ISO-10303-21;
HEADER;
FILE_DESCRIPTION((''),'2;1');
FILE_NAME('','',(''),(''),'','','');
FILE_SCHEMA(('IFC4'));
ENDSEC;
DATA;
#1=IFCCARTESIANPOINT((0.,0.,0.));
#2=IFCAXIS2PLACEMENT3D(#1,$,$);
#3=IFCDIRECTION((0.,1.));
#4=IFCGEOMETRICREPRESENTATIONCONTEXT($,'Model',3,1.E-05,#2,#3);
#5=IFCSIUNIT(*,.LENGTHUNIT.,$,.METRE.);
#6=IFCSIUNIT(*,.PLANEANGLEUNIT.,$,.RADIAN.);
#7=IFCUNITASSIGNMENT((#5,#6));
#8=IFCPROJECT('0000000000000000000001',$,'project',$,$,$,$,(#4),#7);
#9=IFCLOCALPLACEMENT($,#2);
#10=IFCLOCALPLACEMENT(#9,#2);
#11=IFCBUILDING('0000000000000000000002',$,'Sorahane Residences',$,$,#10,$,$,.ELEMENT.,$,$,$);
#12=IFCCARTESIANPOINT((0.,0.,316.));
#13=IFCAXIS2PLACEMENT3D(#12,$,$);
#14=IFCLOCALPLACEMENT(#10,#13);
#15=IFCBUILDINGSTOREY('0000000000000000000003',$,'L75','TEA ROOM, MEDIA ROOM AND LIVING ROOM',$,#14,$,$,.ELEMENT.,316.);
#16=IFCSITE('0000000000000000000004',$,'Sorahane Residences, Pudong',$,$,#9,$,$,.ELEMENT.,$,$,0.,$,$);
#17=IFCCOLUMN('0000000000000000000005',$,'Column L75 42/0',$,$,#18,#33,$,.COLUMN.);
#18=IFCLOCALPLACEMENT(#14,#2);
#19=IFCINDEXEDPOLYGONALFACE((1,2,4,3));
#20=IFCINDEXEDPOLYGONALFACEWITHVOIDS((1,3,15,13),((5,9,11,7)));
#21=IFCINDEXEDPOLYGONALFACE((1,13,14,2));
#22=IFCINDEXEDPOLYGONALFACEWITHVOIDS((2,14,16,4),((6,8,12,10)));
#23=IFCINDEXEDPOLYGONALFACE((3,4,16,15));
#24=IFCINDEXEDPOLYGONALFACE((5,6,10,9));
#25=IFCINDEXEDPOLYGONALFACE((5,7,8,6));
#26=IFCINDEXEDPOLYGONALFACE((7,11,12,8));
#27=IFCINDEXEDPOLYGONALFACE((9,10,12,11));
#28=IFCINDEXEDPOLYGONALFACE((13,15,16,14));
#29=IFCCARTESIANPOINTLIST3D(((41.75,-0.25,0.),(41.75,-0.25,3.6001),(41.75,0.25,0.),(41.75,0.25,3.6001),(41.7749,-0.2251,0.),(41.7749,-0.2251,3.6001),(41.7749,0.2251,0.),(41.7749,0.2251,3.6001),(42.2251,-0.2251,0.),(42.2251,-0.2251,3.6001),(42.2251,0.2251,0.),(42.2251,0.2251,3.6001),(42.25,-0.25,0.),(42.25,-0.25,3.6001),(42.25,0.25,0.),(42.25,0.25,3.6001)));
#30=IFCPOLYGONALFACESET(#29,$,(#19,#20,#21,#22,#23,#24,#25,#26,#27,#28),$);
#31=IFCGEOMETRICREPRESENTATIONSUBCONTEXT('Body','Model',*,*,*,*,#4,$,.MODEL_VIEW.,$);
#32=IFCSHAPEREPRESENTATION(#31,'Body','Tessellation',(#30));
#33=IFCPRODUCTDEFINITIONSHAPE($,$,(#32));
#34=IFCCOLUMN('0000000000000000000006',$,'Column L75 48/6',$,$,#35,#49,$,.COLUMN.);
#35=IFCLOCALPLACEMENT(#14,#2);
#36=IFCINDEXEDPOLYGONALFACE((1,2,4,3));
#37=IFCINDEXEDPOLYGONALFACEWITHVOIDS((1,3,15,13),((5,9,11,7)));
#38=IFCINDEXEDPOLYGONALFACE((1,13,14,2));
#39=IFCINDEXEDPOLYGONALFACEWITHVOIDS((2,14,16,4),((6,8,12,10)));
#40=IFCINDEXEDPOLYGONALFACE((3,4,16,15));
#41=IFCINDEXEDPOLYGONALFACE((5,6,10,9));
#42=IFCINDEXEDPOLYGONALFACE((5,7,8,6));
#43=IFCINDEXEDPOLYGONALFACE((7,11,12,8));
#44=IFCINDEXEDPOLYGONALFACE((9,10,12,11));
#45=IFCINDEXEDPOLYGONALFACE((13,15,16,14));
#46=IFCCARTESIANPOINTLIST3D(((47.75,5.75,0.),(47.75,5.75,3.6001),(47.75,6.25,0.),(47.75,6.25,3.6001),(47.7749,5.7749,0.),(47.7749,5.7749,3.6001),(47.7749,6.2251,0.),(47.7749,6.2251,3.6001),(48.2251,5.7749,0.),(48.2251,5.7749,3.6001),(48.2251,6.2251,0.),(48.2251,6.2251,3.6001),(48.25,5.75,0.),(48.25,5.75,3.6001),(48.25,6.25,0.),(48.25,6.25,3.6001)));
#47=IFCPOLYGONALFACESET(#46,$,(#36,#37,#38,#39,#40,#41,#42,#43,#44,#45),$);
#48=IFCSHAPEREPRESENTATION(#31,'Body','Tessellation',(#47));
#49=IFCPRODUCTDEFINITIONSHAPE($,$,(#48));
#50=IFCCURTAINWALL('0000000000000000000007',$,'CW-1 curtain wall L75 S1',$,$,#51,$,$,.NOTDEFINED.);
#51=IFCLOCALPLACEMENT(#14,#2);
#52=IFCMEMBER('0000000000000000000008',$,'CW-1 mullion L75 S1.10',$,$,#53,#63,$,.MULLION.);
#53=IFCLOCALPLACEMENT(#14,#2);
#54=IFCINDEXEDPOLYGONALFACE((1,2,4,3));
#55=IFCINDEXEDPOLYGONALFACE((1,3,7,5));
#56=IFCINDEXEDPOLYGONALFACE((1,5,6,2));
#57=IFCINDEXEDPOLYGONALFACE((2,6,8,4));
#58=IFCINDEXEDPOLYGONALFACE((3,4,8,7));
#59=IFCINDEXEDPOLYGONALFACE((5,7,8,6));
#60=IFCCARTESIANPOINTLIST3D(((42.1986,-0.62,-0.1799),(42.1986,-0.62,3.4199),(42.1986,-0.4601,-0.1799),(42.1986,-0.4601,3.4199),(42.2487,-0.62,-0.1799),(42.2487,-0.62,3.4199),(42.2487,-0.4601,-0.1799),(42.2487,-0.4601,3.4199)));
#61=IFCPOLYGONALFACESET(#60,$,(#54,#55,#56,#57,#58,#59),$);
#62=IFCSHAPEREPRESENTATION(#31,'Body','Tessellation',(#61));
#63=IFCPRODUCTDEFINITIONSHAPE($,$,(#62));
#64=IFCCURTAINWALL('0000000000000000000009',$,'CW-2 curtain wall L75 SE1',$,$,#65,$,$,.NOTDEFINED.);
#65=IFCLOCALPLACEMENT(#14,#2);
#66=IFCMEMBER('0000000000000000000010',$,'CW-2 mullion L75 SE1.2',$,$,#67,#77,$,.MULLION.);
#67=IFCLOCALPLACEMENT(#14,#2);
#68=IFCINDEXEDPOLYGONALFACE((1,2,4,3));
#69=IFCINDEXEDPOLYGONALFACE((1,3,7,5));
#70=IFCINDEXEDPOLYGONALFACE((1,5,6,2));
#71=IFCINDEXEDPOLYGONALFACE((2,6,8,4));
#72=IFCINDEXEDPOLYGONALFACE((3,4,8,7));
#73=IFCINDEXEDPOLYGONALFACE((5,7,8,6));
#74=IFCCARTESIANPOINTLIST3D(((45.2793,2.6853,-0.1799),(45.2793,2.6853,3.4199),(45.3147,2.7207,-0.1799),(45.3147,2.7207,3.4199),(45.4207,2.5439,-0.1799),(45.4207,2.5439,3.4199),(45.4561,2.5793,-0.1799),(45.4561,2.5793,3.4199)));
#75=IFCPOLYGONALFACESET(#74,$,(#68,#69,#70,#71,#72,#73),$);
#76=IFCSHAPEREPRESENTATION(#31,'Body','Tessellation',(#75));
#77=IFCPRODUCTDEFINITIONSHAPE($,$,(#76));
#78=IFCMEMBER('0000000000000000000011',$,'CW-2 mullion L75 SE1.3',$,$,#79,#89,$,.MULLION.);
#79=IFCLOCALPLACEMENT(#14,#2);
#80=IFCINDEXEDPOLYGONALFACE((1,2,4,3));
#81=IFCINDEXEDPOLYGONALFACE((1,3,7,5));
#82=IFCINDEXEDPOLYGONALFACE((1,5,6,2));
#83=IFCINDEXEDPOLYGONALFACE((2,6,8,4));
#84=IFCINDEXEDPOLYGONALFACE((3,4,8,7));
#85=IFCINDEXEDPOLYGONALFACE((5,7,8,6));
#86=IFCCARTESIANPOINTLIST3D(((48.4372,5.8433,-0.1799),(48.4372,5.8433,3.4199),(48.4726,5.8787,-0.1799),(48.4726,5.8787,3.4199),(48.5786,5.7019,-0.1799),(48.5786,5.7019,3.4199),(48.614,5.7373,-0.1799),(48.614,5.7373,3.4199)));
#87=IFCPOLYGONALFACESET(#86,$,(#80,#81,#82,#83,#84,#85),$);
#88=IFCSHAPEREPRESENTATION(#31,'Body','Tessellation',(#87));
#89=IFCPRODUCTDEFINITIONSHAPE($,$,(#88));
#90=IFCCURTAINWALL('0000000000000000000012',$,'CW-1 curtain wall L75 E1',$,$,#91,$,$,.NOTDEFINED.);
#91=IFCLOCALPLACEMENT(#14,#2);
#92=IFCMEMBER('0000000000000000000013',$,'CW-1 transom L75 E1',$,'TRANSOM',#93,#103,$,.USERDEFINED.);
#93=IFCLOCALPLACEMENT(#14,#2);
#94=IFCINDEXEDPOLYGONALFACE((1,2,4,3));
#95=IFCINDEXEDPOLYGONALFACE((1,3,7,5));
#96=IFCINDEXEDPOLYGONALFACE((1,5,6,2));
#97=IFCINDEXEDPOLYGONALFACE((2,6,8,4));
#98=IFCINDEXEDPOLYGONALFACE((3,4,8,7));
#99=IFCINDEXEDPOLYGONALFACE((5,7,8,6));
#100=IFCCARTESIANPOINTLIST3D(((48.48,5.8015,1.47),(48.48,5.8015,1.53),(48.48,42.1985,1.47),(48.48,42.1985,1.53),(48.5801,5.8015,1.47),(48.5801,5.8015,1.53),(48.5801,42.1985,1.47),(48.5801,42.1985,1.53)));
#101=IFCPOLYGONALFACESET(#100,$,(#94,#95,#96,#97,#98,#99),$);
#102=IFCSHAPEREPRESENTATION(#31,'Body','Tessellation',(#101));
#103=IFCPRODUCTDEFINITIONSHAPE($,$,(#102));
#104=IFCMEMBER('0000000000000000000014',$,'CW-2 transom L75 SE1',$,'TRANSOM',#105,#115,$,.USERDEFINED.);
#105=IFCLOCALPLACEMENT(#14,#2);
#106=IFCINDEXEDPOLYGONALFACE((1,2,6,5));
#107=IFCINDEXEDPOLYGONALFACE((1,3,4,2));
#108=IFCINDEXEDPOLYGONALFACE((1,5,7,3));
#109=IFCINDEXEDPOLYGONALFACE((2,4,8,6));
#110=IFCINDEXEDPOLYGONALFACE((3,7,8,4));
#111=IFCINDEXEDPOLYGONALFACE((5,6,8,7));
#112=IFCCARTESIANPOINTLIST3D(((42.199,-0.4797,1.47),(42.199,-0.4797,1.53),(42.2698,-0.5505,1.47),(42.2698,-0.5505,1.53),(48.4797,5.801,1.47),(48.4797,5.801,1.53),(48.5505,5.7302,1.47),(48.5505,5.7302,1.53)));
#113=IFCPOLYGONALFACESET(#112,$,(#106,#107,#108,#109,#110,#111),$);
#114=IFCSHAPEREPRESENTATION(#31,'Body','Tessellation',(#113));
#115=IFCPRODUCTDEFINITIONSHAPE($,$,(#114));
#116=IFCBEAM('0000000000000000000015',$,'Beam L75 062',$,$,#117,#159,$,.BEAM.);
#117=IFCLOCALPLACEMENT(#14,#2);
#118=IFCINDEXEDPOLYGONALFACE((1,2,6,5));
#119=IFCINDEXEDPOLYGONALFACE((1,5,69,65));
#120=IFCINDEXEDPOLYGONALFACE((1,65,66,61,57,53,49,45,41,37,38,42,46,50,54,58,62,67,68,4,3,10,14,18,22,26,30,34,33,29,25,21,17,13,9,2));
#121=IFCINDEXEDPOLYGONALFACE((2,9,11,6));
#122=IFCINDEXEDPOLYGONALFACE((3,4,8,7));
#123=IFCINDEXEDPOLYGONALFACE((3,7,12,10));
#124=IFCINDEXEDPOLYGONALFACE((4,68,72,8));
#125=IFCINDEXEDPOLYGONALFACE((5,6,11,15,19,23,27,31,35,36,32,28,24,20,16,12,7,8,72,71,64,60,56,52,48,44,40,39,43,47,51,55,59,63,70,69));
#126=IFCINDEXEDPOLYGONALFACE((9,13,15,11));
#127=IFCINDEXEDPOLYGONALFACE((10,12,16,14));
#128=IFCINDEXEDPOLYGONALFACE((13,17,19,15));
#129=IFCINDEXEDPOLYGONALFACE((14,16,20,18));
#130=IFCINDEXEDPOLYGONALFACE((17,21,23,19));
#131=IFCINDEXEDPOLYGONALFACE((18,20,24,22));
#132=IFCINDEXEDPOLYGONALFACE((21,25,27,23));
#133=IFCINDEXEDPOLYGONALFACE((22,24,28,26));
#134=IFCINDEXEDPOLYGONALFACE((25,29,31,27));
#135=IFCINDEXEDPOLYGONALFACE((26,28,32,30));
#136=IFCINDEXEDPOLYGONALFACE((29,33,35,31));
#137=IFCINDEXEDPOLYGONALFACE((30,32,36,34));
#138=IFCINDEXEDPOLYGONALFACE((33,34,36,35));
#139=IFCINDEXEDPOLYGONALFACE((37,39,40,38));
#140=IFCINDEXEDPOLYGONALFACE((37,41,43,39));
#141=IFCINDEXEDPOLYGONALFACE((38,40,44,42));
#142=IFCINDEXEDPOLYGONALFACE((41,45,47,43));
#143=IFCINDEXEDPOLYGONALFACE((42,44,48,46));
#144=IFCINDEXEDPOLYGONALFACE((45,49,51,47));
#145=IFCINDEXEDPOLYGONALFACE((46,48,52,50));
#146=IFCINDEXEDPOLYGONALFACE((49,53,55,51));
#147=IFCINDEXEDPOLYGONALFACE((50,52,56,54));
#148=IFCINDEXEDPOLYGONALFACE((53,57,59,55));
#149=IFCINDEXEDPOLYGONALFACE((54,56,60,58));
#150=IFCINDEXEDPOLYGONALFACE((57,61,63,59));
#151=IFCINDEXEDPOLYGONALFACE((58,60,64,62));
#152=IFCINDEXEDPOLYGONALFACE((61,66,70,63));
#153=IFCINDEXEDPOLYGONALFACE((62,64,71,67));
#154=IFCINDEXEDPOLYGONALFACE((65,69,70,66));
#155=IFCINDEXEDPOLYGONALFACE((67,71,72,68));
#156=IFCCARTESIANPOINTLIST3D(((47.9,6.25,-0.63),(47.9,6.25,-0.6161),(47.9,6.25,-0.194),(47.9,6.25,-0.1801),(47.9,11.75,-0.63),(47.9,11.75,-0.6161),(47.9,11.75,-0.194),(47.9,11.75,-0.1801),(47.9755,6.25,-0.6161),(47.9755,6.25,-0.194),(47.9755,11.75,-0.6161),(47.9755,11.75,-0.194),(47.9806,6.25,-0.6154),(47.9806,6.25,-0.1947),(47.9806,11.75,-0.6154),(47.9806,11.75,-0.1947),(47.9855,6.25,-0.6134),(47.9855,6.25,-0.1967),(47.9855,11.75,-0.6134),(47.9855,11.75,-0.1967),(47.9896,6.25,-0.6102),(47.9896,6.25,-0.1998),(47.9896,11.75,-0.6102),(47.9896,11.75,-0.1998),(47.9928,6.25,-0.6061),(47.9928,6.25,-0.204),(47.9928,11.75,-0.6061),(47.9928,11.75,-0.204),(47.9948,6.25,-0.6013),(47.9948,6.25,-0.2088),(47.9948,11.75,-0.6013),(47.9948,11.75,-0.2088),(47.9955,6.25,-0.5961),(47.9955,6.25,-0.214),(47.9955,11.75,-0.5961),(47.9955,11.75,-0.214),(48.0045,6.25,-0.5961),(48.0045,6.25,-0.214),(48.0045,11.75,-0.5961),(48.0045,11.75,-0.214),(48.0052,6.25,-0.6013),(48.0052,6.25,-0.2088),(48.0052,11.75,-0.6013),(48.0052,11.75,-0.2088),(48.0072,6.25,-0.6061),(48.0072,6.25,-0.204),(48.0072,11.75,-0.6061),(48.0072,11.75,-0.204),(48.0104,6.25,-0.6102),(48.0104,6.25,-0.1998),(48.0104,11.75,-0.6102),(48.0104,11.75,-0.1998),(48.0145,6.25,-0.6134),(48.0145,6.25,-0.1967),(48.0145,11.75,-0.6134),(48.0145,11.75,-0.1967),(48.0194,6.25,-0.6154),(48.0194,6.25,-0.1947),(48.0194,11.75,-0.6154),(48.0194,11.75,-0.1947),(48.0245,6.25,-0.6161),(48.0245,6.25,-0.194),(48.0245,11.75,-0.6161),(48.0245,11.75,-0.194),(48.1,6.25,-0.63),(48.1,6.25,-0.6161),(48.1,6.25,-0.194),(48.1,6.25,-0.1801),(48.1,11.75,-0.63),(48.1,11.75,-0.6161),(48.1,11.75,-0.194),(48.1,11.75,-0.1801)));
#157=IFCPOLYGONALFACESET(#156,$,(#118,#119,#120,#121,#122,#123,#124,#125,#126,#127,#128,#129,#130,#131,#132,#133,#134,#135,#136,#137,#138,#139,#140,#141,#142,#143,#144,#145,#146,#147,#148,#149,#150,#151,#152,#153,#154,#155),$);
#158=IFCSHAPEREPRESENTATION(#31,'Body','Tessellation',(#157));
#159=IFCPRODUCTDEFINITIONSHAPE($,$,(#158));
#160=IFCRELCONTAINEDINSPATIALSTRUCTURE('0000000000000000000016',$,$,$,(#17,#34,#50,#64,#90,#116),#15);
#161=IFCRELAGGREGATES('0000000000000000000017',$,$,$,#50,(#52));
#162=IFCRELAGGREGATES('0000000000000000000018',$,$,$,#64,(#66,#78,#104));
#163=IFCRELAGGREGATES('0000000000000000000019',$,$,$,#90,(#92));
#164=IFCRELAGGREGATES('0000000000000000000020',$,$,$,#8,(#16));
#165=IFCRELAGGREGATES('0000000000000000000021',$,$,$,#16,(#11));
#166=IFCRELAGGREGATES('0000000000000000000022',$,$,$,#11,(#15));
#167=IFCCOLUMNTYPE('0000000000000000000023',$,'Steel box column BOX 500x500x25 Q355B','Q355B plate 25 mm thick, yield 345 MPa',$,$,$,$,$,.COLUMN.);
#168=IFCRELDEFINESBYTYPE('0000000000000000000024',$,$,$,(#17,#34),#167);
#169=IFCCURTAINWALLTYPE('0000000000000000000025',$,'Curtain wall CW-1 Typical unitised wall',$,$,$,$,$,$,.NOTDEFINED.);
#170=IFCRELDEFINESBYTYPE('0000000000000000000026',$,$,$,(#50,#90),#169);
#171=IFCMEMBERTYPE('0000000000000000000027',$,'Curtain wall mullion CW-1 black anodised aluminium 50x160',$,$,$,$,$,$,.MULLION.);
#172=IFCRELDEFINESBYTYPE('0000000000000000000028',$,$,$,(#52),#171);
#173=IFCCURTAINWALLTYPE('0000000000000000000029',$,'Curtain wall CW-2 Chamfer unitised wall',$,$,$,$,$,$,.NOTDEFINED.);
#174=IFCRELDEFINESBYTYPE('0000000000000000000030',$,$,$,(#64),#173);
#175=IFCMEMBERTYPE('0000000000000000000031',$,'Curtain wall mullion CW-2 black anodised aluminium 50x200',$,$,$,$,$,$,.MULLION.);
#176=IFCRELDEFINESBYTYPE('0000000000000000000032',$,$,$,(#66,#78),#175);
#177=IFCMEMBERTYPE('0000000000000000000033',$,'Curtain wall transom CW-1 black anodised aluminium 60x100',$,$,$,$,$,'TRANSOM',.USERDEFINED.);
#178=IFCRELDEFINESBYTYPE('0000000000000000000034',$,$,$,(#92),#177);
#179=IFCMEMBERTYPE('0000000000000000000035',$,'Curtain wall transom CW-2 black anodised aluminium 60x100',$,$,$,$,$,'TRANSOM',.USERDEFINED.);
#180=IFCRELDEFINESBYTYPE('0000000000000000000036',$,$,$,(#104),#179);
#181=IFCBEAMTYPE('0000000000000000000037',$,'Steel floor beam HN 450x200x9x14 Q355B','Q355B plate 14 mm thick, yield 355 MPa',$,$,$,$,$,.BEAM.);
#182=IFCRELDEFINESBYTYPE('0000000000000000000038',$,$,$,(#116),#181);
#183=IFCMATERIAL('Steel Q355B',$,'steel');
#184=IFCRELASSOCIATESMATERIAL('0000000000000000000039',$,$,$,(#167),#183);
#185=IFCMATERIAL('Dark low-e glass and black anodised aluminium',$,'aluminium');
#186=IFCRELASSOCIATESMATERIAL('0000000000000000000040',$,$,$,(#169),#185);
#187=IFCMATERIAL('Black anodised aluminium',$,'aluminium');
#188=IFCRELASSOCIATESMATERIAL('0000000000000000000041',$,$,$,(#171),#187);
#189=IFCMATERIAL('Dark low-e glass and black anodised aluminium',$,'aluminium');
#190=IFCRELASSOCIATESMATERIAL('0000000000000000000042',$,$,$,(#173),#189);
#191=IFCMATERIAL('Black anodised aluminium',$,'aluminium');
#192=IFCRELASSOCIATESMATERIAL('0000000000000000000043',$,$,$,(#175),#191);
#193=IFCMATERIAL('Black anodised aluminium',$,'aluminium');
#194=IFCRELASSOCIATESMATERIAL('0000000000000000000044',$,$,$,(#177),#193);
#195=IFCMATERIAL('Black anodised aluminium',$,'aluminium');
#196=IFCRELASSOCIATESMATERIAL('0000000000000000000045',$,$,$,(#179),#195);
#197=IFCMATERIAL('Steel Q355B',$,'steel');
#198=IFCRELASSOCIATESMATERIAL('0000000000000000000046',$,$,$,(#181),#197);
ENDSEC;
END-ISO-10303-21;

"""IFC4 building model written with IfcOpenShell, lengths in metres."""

from ifc_helpers import new_model, si_unit, direction, frame, origin, origin_2d, place, context, subcontext, project, spatial, rectangle, hollow_rectangle, i_section, extrude, material, material_profile, profile_set, type_object, element, aggregate, save


model = new_model("IFC4")

# Units and contexts
model_context = context("Model", 3, precision=1e-05, world=origin(), true_north=direction((0.0, 1.0)))
body_context = subcontext(model_context, "Body", "Model", "MODEL_VIEW")
ifc_project = project(units=[si_unit("LENGTHUNIT", "METRE"), si_unit("PLANEANGLEUNIT", "RADIAN")], contexts=[model_context])

# Site, building, storey
site_placement = place(None, origin())
site = spatial("IfcSite", under=ifc_project, at=site_placement, Name="Sorahane Residences, Pudong", CompositionType="ELEMENT", RefElevation=0.0)
building_placement = place(site_placement, origin())
building = spatial("IfcBuilding", under=site, at=building_placement, Name="Sorahane Residences", CompositionType="ELEMENT")
storey_placement = place(building_placement, frame((0.0, 0.0, 316.0)))
storey = spatial("IfcBuildingStorey", under=building, at=storey_placement, Name="L75", Description="TEA ROOM, MEDIA ROOM AND LIVING ROOM", CompositionType="ELEMENT", Elevation=316.0)

# Columns
ifc_material_1 = material(Name="Steel Q355B", Category="steel")
ifc_material_profile_1 = material_profile(ifc_material_1, hollow_rectangle(XDim=0.5, YDim=0.5, WallThickness=0.0249, at=origin_2d()), Name="BOX 500x500x25")
ifc_profile_set_1 = profile_set([ifc_material_profile_1], Name="Steel Q355B")
column_type = type_object("IfcColumnType", Name="Steel box column BOX 500x500x25 Q355B", Description="Q355B plate 25 mm thick, yield 345 MPa", PredefinedType="COLUMN", material=ifc_profile_set_1)
for number, where, z_axis, x_axis, name in (
    (1, (42.0, 0.0, 0.0), (0.0, 0.0, 1.0), (1.0, 0.0, 0.0), "Column L75 42/0"),
    (2, (48.0, 6.0, 0.0), (0.0, 0.0, 1.0), (1.0, 0.0, 0.0), "Column L75 48/6"),
):
    element("IfcColumn", number, at=place(storey_placement, frame(where, z_axis=z_axis, x_axis=x_axis)), inside=storey, type_object=column_type, Name=name, PredefinedType="COLUMN", context=body_context, shape_type="SweptSolid", body=[
        extrude(hollow_rectangle(XDim=0.5, YDim=0.5, WallThickness=0.0249, at=origin_2d()), origin(), (0.0, 0.0, 1.0), 3.6001),
    ])

# Curtain wall, member
ifc_material_2 = material(Name="Dark low-e glass and black anodised aluminium", Category="aluminium")
curtain_wall_type_1 = type_object("IfcCurtainWallType", Name="Curtain wall CW-1 Typical unitised wall", PredefinedType="NOTDEFINED", material=ifc_material_2)
curtain_wall_1_placement = place(storey_placement, origin())
curtain_wall_1 = element("IfcCurtainWall", 3, at=curtain_wall_1_placement, inside=storey, type_object=curtain_wall_type_1, Name="CW-1 curtain wall L75 S1", PredefinedType="NOTDEFINED")
ifc_material_3 = material(Name="Black anodised aluminium", Category="aluminium")
ifc_material_profile_2 = material_profile(ifc_material_3, rectangle(XDim=0.1599, YDim=0.05, at=origin_2d()), Name="Curtain wall mullion CW-1 black anodised aluminium 50x160")
ifc_profile_set_2 = profile_set([ifc_material_profile_2], Name="Black anodised aluminium")
member_type_1 = type_object("IfcMemberType", Name="Curtain wall mullion CW-1 black anodised aluminium 50x160", PredefinedType="MULLION", material=ifc_profile_set_2)
member_1_placement = place(storey_placement, frame((42.2236, -0.54, -0.1799), z_axis=(0.0, 0.0, 1.0), x_axis=(0.0, -1.0, 0.0)))
member_1 = element("IfcMember", 4, at=member_1_placement, type_object=member_type_1, Name="CW-1 mullion L75 S1.10", PredefinedType="MULLION", context=body_context, shape_type="SweptSolid", body=[
    extrude(rectangle(XDim=0.1599, YDim=0.05, at=origin_2d()), origin(), (0.0, 0.0, 1.0), 3.5999),
])

# Curtain wall, members
ifc_material_4 = material(Name="Dark low-e glass and black anodised aluminium", Category="aluminium")
curtain_wall_type_2 = type_object("IfcCurtainWallType", Name="Curtain wall CW-2 Chamfer unitised wall", PredefinedType="NOTDEFINED", material=ifc_material_4)
curtain_wall_2_placement = place(storey_placement, origin())
curtain_wall_2 = element("IfcCurtainWall", 5, at=curtain_wall_2_placement, inside=storey, type_object=curtain_wall_type_2, Name="CW-2 curtain wall L75 SE1", PredefinedType="NOTDEFINED")
ifc_material_5 = material(Name="Black anodised aluminium", Category="aluminium")
ifc_material_profile_3 = material_profile(ifc_material_5, rectangle(XDim=0.2, YDim=0.05, at=origin_2d()), Name="Curtain wall mullion CW-2 black anodised aluminium 50x200")
ifc_profile_set_3 = profile_set([ifc_material_profile_3], Name="Black anodised aluminium")
member_type_2 = type_object("IfcMemberType", Name="Curtain wall mullion CW-2 black anodised aluminium 50x200", PredefinedType="MULLION", material=ifc_profile_set_3)
member_2_placement = place(storey_placement, frame((45.3677, 2.6323, -0.1799), z_axis=(0.0, 0.0, 1.0), x_axis=(0.707107, -0.707107, 0.0)))
member_2 = element("IfcMember", 6, at=member_2_placement, type_object=member_type_2, Name="CW-2 mullion L75 SE1.2", PredefinedType="MULLION", context=body_context, shape_type="SweptSolid", body=[
    extrude(rectangle(XDim=0.2, YDim=0.05, at=origin_2d()), origin(), (0.0, 0.0, 1.0), 3.5999),
])
member_3_placement = place(storey_placement, frame((48.5256, 5.7903, -0.1799), z_axis=(0.0, 0.0, 1.0), x_axis=(0.707107, -0.707107, 0.0)))
member_3 = element("IfcMember", 7, at=member_3_placement, type_object=member_type_2, Name="CW-2 mullion L75 SE1.3", PredefinedType="MULLION", context=body_context, shape_type="SweptSolid", body=[
    extrude(rectangle(XDim=0.2, YDim=0.05, at=origin_2d()), origin(), (0.0, 0.0, 1.0), 3.5999),
])

# Curtain wall, member
curtain_wall_3_placement = place(storey_placement, origin())
curtain_wall_3 = element("IfcCurtainWall", 8, at=curtain_wall_3_placement, inside=storey, type_object=curtain_wall_type_1, Name="CW-1 curtain wall L75 E1", PredefinedType="NOTDEFINED")
ifc_material_6 = material(Name="Black anodised aluminium", Category="aluminium")
ifc_material_profile_4 = material_profile(ifc_material_6, rectangle(XDim=0.1001, YDim=0.0601, at=origin_2d()), Name="Curtain wall transom CW-1 black anodised aluminium 60x100")
ifc_profile_set_4 = profile_set([ifc_material_profile_4], Name="Black anodised aluminium")
member_type_3 = type_object("IfcMemberType", Name="Curtain wall transom CW-1 black anodised aluminium 60x100", ElementType="TRANSOM", PredefinedType="USERDEFINED", material=ifc_profile_set_4)
member_4_placement = place(storey_placement, frame((48.53, 5.8015, 1.5), z_axis=(0.0, 1.0, 0.0), x_axis=(-1.0, 0.0, 0.0)))
member_4 = element("IfcMember", 9, at=member_4_placement, type_object=member_type_3, Name="CW-1 transom L75 E1", ObjectType="TRANSOM", PredefinedType="USERDEFINED", context=body_context, shape_type="SweptSolid", body=[
    extrude(rectangle(XDim=0.1001, YDim=0.0601, at=origin_2d()), origin(), (0.0, 0.0, 1.0), 36.397),
])

# Member
ifc_material_7 = material(Name="Black anodised aluminium", Category="aluminium")
ifc_material_profile_5 = material_profile(ifc_material_7, rectangle(XDim=0.1001, YDim=0.0601, at=origin_2d()), Name="Curtain wall transom CW-2 black anodised aluminium 60x100")
ifc_profile_set_5 = profile_set([ifc_material_profile_5], Name="Black anodised aluminium")
member_type_4 = type_object("IfcMemberType", Name="Curtain wall transom CW-2 black anodised aluminium 60x100", ElementType="TRANSOM", PredefinedType="USERDEFINED", material=ifc_profile_set_5)
member_5_placement = place(storey_placement, frame((42.2344, -0.5151, 1.5), z_axis=(0.707107, 0.707107, 0.0), x_axis=(-0.707107, 0.707107, 0.0)))
member_5 = element("IfcMember", 10, at=member_5_placement, type_object=member_type_4, Name="CW-2 transom L75 SE1", ObjectType="TRANSOM", PredefinedType="USERDEFINED", context=body_context, shape_type="SweptSolid", body=[
    extrude(rectangle(XDim=0.1001, YDim=0.0601, at=origin_2d()), origin(), (0.0, 0.0, 1.0), 8.8823),
])

# Beam
ifc_material_8 = material(Name="Steel Q355B", Category="steel")
ifc_material_profile_6 = material_profile(ifc_material_8, i_section(OverallWidth=0.2, OverallDepth=0.45, WebThickness=0.009, FlangeThickness=0.0139, FilletRadius=0.02, at=origin_2d()), Name="HN 450x200x9x14")
ifc_profile_set_6 = profile_set([ifc_material_profile_6], Name="Steel Q355B")
beam_type_1 = type_object("IfcBeamType", Name="Steel floor beam HN 450x200x9x14 Q355B", Description="Q355B plate 14 mm thick, yield 355 MPa", PredefinedType="BEAM", material=ifc_profile_set_6)
beam_1_placement = place(storey_placement, frame((48.0, 6.25, -0.405), z_axis=(0.0, 1.0, 0.0), x_axis=(-1.0, 0.0, 0.0)))
element("IfcBeam", 11, at=beam_1_placement, inside=storey, type_object=beam_type_1, Name="Beam L75 062", PredefinedType="BEAM", context=body_context, shape_type="SweptSolid", body=[
    extrude(i_section(OverallWidth=0.2, OverallDepth=0.45, WebThickness=0.009, FlangeThickness=0.0139, FilletRadius=0.02, at=origin_2d()), origin(), (0.0, 0.0, 1.0), 5.5),
])

aggregate(curtain_wall_1, [member_1])
aggregate(curtain_wall_2, [member_2, member_3, member_5])
aggregate(curtain_wall_3, [member_4])

save(model, "model.ifc")
